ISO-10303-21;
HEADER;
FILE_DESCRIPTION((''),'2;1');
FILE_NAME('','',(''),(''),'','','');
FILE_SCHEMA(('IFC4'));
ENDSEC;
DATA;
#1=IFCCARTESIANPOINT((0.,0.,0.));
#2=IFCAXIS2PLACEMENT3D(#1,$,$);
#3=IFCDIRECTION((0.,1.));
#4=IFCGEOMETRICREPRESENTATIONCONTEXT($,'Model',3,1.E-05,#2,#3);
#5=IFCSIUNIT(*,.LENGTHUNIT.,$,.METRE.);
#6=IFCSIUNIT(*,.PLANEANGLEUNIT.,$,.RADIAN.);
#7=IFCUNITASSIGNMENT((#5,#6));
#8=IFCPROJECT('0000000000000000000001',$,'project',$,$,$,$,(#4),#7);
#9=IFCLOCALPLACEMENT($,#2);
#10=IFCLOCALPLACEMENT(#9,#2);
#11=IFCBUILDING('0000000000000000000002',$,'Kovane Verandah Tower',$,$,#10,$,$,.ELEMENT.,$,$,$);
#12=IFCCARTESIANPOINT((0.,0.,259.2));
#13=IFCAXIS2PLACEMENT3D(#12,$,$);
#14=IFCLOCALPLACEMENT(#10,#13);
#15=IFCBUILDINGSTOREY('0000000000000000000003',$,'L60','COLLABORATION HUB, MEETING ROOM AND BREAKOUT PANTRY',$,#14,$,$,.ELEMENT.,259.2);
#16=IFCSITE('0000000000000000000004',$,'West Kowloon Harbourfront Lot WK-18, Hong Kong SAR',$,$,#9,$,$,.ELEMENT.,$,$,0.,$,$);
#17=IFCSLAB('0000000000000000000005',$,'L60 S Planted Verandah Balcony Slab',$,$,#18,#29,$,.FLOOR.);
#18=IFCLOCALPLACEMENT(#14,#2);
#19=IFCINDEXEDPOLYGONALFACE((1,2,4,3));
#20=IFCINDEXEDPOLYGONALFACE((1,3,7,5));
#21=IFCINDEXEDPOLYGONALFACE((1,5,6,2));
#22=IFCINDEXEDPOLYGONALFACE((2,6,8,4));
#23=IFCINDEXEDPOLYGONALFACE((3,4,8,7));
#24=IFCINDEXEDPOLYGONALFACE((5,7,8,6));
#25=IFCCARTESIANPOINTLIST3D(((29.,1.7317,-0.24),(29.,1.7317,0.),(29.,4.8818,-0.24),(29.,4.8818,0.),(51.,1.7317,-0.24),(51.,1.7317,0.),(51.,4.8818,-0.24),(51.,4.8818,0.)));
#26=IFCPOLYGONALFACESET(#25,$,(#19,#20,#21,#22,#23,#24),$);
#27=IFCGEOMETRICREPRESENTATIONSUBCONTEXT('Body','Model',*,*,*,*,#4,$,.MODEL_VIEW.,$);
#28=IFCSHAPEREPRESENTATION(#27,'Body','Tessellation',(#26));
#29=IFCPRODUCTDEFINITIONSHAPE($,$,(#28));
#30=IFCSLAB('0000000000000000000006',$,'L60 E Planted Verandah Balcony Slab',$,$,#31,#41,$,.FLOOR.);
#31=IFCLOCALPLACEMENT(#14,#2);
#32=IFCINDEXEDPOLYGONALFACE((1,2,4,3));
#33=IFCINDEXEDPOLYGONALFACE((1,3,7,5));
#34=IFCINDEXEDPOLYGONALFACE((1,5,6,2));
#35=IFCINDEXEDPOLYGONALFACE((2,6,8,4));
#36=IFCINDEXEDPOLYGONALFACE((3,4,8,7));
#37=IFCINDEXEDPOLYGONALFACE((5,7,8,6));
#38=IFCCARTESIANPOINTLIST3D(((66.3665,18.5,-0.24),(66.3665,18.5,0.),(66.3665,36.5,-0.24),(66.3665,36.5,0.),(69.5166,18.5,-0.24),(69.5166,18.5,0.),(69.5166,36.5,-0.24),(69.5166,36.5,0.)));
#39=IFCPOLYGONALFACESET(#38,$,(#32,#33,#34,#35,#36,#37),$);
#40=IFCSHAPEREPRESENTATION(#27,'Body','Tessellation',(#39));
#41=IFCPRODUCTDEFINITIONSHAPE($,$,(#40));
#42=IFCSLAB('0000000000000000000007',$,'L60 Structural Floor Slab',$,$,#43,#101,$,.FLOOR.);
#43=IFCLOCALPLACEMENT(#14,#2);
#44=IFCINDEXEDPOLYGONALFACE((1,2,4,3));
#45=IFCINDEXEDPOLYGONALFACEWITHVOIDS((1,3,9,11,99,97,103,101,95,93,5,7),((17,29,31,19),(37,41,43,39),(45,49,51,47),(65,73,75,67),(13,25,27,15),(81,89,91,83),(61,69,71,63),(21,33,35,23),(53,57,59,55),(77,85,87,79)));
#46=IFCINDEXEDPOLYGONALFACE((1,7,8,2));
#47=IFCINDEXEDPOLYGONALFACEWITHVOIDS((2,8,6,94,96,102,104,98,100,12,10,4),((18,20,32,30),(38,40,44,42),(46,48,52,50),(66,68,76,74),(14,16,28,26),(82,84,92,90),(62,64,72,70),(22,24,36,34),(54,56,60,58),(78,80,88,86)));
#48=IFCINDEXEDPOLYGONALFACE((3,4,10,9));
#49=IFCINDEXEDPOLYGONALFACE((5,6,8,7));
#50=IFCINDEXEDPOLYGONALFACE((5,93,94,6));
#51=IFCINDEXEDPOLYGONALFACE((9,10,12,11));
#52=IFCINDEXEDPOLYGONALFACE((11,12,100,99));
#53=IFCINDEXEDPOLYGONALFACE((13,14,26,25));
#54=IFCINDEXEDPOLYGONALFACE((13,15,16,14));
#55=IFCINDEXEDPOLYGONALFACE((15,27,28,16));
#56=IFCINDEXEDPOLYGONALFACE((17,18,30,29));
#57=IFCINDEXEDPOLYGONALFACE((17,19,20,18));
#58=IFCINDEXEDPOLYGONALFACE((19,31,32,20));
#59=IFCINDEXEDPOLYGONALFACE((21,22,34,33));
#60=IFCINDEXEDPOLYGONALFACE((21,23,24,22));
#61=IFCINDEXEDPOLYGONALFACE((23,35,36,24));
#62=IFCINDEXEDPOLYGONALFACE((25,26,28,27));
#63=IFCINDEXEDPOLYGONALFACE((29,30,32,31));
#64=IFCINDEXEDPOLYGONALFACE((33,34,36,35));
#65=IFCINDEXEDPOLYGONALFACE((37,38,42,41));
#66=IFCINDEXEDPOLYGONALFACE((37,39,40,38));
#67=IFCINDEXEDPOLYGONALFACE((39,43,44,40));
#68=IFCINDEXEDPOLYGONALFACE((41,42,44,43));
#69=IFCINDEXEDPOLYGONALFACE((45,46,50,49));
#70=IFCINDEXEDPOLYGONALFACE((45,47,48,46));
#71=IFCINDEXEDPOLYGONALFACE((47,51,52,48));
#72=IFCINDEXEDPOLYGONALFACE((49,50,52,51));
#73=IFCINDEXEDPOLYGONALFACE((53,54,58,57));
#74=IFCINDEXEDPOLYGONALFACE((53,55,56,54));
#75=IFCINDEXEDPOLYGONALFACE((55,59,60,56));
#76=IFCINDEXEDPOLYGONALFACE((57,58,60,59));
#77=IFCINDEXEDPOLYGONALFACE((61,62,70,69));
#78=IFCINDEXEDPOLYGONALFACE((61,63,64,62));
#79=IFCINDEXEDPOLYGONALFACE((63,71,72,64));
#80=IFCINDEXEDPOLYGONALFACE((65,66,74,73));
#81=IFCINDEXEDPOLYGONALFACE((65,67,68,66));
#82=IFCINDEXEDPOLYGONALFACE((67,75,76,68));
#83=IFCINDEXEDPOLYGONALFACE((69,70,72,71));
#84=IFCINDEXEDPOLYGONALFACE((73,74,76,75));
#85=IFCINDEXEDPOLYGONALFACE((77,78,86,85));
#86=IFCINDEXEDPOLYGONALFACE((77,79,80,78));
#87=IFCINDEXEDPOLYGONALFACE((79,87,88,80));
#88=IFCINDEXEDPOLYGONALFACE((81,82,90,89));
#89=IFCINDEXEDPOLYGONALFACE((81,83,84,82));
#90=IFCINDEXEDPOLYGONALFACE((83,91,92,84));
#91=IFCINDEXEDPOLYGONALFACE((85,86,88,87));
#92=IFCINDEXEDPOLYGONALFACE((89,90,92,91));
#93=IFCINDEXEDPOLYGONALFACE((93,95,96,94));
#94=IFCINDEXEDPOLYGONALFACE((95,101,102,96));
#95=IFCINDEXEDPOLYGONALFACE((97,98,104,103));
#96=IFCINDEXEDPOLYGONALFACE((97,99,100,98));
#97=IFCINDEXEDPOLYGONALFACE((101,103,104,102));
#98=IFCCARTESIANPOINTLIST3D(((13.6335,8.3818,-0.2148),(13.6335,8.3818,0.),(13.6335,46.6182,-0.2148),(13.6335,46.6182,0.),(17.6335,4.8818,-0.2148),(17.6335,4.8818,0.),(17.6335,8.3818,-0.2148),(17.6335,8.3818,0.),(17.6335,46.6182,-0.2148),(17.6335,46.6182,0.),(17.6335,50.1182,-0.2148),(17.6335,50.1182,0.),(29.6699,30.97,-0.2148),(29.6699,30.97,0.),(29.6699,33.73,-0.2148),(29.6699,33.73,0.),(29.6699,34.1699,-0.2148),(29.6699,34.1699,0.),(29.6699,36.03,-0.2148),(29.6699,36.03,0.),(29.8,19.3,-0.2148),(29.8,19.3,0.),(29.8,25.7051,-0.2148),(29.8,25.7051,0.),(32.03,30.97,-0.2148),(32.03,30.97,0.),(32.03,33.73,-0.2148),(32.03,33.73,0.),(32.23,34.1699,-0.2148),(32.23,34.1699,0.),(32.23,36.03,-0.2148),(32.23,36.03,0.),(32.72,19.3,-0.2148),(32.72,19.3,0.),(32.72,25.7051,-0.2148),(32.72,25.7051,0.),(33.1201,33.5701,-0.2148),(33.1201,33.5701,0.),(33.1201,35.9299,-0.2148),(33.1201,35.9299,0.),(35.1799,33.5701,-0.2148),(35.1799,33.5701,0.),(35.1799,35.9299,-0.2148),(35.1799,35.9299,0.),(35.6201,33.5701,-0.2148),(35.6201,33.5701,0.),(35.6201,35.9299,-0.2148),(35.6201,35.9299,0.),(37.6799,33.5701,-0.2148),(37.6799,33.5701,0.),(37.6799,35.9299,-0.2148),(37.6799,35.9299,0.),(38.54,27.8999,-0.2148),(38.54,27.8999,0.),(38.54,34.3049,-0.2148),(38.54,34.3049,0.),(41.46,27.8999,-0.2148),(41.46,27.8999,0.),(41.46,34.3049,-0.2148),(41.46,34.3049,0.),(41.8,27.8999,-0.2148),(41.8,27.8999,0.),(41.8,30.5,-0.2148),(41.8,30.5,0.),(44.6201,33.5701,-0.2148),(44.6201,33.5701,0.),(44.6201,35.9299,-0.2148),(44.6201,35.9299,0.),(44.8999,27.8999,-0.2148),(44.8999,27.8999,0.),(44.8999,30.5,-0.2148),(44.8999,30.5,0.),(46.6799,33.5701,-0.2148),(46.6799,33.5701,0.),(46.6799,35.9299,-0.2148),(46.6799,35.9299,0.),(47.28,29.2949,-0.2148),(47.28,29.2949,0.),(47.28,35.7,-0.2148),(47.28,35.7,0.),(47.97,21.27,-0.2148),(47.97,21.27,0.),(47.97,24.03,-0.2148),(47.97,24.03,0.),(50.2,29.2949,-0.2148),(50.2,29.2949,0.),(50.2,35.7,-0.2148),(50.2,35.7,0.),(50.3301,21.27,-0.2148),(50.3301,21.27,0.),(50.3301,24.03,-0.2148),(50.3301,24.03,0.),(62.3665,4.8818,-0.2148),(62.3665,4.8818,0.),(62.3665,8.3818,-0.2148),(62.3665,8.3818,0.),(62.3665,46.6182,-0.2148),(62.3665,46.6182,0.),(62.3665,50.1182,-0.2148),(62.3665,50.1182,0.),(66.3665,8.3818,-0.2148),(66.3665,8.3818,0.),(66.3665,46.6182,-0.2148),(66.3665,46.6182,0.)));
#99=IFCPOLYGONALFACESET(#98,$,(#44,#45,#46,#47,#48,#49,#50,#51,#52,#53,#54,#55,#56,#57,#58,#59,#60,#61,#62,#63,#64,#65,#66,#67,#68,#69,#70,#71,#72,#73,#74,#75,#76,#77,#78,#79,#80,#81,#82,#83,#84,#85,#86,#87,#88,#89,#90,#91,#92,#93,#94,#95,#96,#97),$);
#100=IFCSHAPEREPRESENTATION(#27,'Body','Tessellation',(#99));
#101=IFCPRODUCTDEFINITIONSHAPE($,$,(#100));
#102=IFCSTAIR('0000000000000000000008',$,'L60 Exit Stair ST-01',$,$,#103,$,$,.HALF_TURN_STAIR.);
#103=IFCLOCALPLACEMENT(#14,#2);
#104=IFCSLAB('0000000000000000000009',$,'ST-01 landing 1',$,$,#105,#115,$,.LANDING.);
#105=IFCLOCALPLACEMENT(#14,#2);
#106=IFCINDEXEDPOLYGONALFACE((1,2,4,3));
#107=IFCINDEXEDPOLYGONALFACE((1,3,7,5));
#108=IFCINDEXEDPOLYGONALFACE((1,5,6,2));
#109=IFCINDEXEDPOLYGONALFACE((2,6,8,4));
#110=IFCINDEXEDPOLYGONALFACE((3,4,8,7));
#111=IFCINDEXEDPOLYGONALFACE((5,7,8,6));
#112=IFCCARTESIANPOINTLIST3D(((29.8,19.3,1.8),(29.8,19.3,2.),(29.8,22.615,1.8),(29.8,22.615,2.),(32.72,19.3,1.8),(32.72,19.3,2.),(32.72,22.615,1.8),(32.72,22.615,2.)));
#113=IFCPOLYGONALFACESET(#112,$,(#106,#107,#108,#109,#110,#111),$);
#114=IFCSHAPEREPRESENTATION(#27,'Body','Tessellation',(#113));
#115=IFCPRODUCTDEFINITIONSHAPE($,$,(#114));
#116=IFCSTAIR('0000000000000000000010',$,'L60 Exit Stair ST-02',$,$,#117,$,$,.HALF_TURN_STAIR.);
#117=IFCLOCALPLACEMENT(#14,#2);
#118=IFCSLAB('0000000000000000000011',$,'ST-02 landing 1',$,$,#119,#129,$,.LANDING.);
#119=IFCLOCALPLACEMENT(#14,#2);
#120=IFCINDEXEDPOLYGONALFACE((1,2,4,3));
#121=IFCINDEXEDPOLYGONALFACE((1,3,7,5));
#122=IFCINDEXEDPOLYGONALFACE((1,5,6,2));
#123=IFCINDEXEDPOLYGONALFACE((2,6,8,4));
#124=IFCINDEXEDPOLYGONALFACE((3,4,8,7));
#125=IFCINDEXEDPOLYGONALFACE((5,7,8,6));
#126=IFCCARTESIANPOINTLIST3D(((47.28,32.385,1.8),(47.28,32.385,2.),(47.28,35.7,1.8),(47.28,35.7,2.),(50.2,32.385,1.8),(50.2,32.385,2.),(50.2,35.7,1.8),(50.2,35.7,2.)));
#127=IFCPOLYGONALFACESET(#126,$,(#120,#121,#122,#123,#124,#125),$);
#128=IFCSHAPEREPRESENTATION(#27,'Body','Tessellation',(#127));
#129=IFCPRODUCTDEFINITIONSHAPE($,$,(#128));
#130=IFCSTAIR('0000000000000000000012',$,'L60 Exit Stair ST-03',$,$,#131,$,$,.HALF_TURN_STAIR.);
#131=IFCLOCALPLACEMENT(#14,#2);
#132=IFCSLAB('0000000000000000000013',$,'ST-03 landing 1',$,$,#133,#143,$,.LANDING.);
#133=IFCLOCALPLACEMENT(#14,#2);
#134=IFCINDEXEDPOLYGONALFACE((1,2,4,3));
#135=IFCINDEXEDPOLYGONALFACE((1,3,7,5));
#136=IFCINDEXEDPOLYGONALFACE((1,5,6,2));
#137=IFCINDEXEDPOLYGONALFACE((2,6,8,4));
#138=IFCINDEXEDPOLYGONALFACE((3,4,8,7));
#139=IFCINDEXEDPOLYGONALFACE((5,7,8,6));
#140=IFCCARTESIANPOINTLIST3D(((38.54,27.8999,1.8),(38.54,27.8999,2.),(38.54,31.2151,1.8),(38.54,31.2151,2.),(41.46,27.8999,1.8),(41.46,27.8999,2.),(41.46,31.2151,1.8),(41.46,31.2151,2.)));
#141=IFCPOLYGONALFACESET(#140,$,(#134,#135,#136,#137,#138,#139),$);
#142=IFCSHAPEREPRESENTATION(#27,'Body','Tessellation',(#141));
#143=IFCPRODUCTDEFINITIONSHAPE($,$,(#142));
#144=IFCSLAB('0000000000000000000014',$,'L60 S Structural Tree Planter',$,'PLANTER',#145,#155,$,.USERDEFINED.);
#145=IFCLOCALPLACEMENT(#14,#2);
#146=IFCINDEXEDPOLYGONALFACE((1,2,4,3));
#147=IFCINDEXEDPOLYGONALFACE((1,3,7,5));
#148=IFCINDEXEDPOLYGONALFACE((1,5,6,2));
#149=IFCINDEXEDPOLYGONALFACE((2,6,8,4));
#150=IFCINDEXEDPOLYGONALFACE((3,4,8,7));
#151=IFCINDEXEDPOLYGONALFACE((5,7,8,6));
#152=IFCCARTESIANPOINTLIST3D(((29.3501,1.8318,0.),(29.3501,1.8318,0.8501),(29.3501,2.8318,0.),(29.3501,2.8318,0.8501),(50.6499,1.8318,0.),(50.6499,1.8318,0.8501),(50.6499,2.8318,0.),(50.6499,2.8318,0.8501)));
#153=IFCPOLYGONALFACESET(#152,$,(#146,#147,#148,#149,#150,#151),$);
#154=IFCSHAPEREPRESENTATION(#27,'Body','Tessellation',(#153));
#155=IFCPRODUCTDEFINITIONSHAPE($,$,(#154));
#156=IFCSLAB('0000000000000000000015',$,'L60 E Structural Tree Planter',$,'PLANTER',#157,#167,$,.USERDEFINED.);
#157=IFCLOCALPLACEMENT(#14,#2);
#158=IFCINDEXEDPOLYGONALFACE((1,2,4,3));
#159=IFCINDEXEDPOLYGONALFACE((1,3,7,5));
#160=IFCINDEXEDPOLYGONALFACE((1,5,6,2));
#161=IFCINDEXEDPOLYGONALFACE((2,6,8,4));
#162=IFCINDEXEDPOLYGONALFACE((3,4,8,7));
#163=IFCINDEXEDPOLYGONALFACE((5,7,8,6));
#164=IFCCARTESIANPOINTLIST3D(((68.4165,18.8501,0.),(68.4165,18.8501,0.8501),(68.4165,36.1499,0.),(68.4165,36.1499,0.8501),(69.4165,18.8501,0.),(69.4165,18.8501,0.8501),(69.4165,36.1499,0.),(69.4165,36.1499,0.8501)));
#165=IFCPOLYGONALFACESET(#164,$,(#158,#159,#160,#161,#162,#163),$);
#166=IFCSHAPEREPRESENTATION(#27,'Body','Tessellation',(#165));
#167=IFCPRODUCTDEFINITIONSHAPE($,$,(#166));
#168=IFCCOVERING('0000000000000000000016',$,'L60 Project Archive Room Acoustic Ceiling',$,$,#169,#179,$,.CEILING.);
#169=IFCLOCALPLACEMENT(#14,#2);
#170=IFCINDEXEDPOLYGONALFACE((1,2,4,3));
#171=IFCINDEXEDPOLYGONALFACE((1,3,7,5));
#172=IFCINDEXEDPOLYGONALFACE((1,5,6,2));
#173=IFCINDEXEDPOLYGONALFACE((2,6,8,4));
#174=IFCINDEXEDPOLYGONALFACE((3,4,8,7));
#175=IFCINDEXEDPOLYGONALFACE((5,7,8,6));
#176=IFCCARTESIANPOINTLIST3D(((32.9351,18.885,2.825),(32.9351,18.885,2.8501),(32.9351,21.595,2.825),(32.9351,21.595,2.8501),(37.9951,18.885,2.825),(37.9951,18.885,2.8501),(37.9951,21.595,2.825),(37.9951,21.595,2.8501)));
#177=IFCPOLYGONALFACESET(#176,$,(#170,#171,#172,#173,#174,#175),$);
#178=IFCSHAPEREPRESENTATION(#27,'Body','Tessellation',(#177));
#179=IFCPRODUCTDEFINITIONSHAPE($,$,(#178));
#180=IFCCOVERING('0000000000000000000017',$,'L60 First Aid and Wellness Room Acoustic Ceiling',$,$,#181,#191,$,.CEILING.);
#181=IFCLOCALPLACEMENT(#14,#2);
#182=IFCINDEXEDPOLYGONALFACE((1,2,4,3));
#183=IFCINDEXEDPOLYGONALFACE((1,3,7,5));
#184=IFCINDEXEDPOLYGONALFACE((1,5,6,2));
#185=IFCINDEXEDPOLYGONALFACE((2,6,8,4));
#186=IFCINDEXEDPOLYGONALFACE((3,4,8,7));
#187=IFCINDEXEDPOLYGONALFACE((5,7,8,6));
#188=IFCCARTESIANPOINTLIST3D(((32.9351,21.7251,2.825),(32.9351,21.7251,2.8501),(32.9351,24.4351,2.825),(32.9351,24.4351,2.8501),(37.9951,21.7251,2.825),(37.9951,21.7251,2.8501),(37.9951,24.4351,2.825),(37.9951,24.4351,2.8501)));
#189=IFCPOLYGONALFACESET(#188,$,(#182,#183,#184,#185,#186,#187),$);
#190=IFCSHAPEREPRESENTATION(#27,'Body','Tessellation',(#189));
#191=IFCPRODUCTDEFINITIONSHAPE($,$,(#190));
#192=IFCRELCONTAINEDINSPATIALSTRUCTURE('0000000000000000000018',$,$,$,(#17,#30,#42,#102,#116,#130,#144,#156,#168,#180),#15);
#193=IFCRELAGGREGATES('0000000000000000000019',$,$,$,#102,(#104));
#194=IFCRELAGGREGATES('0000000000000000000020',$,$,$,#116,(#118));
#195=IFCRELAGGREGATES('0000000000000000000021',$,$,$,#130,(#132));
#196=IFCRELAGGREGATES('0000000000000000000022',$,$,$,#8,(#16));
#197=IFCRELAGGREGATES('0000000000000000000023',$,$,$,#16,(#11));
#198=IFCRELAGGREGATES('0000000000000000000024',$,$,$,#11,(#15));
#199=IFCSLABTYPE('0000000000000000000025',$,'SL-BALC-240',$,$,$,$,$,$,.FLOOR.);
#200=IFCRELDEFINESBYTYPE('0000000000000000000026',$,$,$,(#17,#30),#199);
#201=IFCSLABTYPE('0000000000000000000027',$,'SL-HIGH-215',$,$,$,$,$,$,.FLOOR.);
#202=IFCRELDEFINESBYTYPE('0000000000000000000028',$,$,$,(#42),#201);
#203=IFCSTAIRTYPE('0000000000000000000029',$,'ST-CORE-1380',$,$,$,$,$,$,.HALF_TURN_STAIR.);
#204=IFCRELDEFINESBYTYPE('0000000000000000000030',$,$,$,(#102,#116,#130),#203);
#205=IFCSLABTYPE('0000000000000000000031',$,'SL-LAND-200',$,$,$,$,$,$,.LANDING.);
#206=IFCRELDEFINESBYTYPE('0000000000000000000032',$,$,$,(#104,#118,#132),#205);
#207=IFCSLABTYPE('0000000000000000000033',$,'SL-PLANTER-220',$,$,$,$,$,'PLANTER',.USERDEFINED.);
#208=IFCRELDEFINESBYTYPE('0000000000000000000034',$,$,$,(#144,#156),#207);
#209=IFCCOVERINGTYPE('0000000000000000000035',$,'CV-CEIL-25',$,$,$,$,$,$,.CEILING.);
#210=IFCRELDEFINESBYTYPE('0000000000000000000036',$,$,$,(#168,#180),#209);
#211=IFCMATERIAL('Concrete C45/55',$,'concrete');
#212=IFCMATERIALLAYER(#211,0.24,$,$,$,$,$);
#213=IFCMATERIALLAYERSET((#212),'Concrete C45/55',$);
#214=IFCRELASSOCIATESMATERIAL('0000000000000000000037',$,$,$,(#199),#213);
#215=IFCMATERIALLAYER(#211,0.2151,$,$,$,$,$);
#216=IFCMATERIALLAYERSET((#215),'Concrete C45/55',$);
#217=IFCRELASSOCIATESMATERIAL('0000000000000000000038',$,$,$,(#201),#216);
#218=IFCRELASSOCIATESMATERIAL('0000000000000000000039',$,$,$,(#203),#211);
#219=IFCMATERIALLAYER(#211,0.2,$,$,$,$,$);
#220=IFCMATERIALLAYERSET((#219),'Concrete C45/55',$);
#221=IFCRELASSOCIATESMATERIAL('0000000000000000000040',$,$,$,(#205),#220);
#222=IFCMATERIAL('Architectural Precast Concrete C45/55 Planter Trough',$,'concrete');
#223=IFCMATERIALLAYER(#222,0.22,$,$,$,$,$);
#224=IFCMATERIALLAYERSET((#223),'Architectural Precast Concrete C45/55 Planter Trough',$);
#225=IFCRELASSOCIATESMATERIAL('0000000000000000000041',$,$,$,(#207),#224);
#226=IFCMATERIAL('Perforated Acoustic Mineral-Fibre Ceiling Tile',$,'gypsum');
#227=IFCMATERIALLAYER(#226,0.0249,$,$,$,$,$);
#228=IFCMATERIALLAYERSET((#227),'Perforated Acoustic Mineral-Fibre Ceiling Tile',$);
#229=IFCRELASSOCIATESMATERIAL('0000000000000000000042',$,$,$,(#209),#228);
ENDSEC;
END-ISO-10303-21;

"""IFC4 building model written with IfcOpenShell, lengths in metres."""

from ifc_helpers import new_model, si_unit, direction, frame, origin, place, context, subcontext, project, spatial, polyline, outline, extrude, material, layer, layer_set, type_object, element, aggregate, save


model = new_model("IFC4")

# Units and contexts
model_context = context("Model", 3, precision=1e-05, world=origin(), true_north=direction((0.0, 1.0)))
body_context = subcontext(model_context, "Body", "Model", "MODEL_VIEW")
ifc_project = project(units=[si_unit("LENGTHUNIT", "METRE"), si_unit("PLANEANGLEUNIT", "RADIAN")], contexts=[model_context])

# Site, building, storey
site_placement = place(None, origin())
site = spatial("IfcSite", under=ifc_project, at=site_placement, Name="West Kowloon Harbourfront Lot WK-18, Hong Kong SAR", CompositionType="ELEMENT", RefElevation=0.0)
building_placement = place(site_placement, origin())
building = spatial("IfcBuilding", under=site, at=building_placement, Name="Kovane Verandah Tower", CompositionType="ELEMENT")
storey_placement = place(building_placement, frame((0.0, 0.0, 259.2)))
storey = spatial("IfcBuildingStorey", under=building, at=storey_placement, Name="L60", Description="COLLABORATION HUB, MEETING ROOM AND BREAKOUT PANTRY", CompositionType="ELEMENT", Elevation=259.2)

# Slabs
ifc_material_1 = material(Name="Concrete C45/55", Category="concrete")
ifc_layer_1 = layer(ifc_material_1, 0.24)
ifc_layer_set_1 = layer_set([ifc_layer_1], Name="Concrete C45/55")
slab_type_1 = type_object("IfcSlabType", Name="SL-BALC-240", PredefinedType="FLOOR", material=ifc_layer_set_1)
slab_1_placement = place(storey_placement, frame((0.0, 0.0, -0.24)))
element("IfcSlab", 1, at=slab_1_placement, inside=storey, type_object=slab_type_1, Name="L60 S Planted Verandah Balcony Slab", PredefinedType="FLOOR", context=body_context, shape_type="SweptSolid", body=[
    extrude(outline(polyline([(29.0, 1.7317), (51.0, 1.7317), (51.0, 4.8818), (29.0, 4.8818), (29.0, 1.7317)])), origin(), (0.0, 0.0, 1.0), 0.24),
])
slab_2_placement = place(storey_placement, frame((0.0, 0.0, -0.24)))
element("IfcSlab", 2, at=slab_2_placement, inside=storey, type_object=slab_type_1, Name="L60 E Planted Verandah Balcony Slab", PredefinedType="FLOOR", context=body_context, shape_type="SweptSolid", body=[
    extrude(outline(polyline([(66.3665, 18.5), (69.5166, 18.5), (69.5166, 36.5), (66.3665, 36.5), (66.3665, 18.5)])), origin(), (0.0, 0.0, 1.0), 0.24),
])
ifc_layer_2 = layer(ifc_material_1, 0.2151)
ifc_layer_set_2 = layer_set([ifc_layer_2], Name="Concrete C45/55")
slab_type_2 = type_object("IfcSlabType", Name="SL-HIGH-215", PredefinedType="FLOOR", material=ifc_layer_set_2)
slab_3_placement = place(storey_placement, frame((0.0, 0.0, -0.2148)))
element("IfcSlab", 3, at=slab_3_placement, inside=storey, type_object=slab_type_2, Name="L60 Structural Floor Slab", PredefinedType="FLOOR", context=body_context, shape_type="SweptSolid", body=[
    extrude(outline(polyline([(17.6335, 4.8818), (62.3665, 4.8818), (62.3665, 8.3818), (66.3665, 8.3818), (66.3665, 46.6182), (62.3665, 46.6182), (62.3665, 50.1182), (17.6335, 50.1182), (17.6335, 46.6182), (13.6335, 46.6182), (13.6335, 8.3818), (17.6335, 8.3818), (17.6335, 4.8818)]), holes=[polyline([(29.8, 19.3), (32.72, 19.3), (32.72, 25.7051), (29.8, 25.7051), (29.8, 19.3)]), polyline([(47.28, 29.2949), (50.2, 29.2949), (50.2, 35.7), (47.28, 35.7), (47.28, 29.2949)]), polyline([(38.54, 27.8999), (41.46, 27.8999), (41.46, 34.3049), (38.54, 34.3049), (38.54, 27.8999)]), polyline([(29.6699, 30.97), (32.03, 30.97), (32.03, 33.73), (29.6699, 33.73), (29.6699, 30.97)]), polyline([(47.97, 21.27), (50.3301, 21.27), (50.3301, 24.03), (47.97, 24.03), (47.97, 21.27)]), polyline([(29.6699, 34.1699), (32.23, 34.1699), (32.23, 36.03), (29.6699, 36.03), (29.6699, 34.1699)]), polyline([(33.1201, 33.5701), (35.1799, 33.5701), (35.1799, 35.9299), (33.1201, 35.9299), (33.1201, 33.5701)]), polyline([(35.6201, 33.5701), (37.6799, 33.5701), (37.6799, 35.9299), (35.6201, 35.9299), (35.6201, 33.5701)]), polyline([(44.6201, 33.5701), (46.6799, 33.5701), (46.6799, 35.9299), (44.6201, 35.9299), (44.6201, 33.5701)]), polyline([(41.8, 27.8999), (44.8999, 27.8999), (44.8999, 30.5), (41.8, 30.5), (41.8, 27.8999)])]), origin(), (0.0, 0.0, 1.0), 0.2148),
])

# Stairs, slabs
stair_type = type_object("IfcStairType", Name="ST-CORE-1380", PredefinedType="HALF_TURN_STAIR", material=ifc_material_1)
stair_1_placement = place(storey_placement, origin())
stair_1 = element("IfcStair", 4, at=stair_1_placement, inside=storey, type_object=stair_type, Name="L60 Exit Stair ST-01", PredefinedType="HALF_TURN_STAIR")
ifc_layer_3 = layer(ifc_material_1, 0.2)
ifc_layer_set_3 = layer_set([ifc_layer_3], Name="Concrete C45/55")
slab_type_3 = type_object("IfcSlabType", Name="SL-LAND-200", PredefinedType="LANDING", material=ifc_layer_set_3)
slab_4_placement = place(storey_placement, frame((0.0, 0.0, 1.8)))
slab_4 = element("IfcSlab", 5, at=slab_4_placement, type_object=slab_type_3, Name="ST-01 landing 1", PredefinedType="LANDING", context=body_context, shape_type="SweptSolid", body=[
    extrude(outline(polyline([(29.8, 22.615), (29.8, 19.3), (32.72, 19.3), (32.72, 22.615), (29.8, 22.615)])), origin(), (0.0, 0.0, 1.0), 0.2),
])
aggregate(stair_1, [slab_4])
stair_2_placement = place(storey_placement, origin())
stair_2 = element("IfcStair", 6, at=stair_2_placement, inside=storey, type_object=stair_type, Name="L60 Exit Stair ST-02", PredefinedType="HALF_TURN_STAIR")
slab_5_placement = place(storey_placement, frame((0.0, 0.0, 1.8)))
slab_5 = element("IfcSlab", 7, at=slab_5_placement, type_object=slab_type_3, Name="ST-02 landing 1", PredefinedType="LANDING", context=body_context, shape_type="SweptSolid", body=[
    extrude(outline(polyline([(50.2, 32.385), (50.2, 35.7), (47.28, 35.7), (47.28, 32.385), (50.2, 32.385)])), origin(), (0.0, 0.0, 1.0), 0.2),
])
aggregate(stair_2, [slab_5])
stair_3_placement = place(storey_placement, origin())
stair_3 = element("IfcStair", 8, at=stair_3_placement, inside=storey, type_object=stair_type, Name="L60 Exit Stair ST-03", PredefinedType="HALF_TURN_STAIR")
slab_6_placement = place(storey_placement, frame((0.0, 0.0, 1.8)))
slab_6 = element("IfcSlab", 9, at=slab_6_placement, type_object=slab_type_3, Name="ST-03 landing 1", PredefinedType="LANDING", context=body_context, shape_type="SweptSolid", body=[
    extrude(outline(polyline([(38.54, 31.2151), (38.54, 27.8999), (41.46, 27.8999), (41.46, 31.2151), (38.54, 31.2151)])), origin(), (0.0, 0.0, 1.0), 0.2),
])
aggregate(stair_3, [slab_6])

# Slabs
ifc_material_2 = material(Name="Architectural Precast Concrete C45/55 Planter Trough", Category="concrete")
ifc_layer_4 = layer(ifc_material_2, 0.22)
ifc_layer_set_4 = layer_set([ifc_layer_4], Name="Architectural Precast Concrete C45/55 Planter Trough")
slab_type_4 = type_object("IfcSlabType", Name="SL-PLANTER-220", ElementType="PLANTER", PredefinedType="USERDEFINED", material=ifc_layer_set_4)
slab_7_placement = place(storey_placement, origin())
element("IfcSlab", 10, at=slab_7_placement, inside=storey, type_object=slab_type_4, Name="L60 S Structural Tree Planter", ObjectType="PLANTER", PredefinedType="USERDEFINED", context=body_context, shape_type="SweptSolid", body=[
    extrude(outline(polyline([(29.3501, 1.8318), (50.6499, 1.8318), (50.6499, 2.8318), (29.3501, 2.8318), (29.3501, 1.8318)])), origin(), (0.0, 0.0, 1.0), 0.8501),
])
slab_8_placement = place(storey_placement, origin())
element("IfcSlab", 11, at=slab_8_placement, inside=storey, type_object=slab_type_4, Name="L60 E Structural Tree Planter", ObjectType="PLANTER", PredefinedType="USERDEFINED", context=body_context, shape_type="SweptSolid", body=[
    extrude(outline(polyline([(68.4165, 18.8501), (69.4165, 18.8501), (69.4165, 36.1499), (68.4165, 36.1499), (68.4165, 18.8501)])), origin(), (0.0, 0.0, 1.0), 0.8501),
])

# Coverings
ifc_material_3 = material(Name="Perforated Acoustic Mineral-Fibre Ceiling Tile", Category="gypsum")
ifc_layer_5 = layer(ifc_material_3, 0.0249)
ifc_layer_set_5 = layer_set([ifc_layer_5], Name="Perforated Acoustic Mineral-Fibre Ceiling Tile")
covering_type_1 = type_object("IfcCoveringType", Name="CV-CEIL-25", PredefinedType="CEILING", material=ifc_layer_set_5)
covering_1_placement = place(storey_placement, frame((0.0, 0.0, 2.825)))
element("IfcCovering", 12, at=covering_1_placement, inside=storey, type_object=covering_type_1, Name="L60 Project Archive Room Acoustic Ceiling", PredefinedType="CEILING", context=body_context, shape_type="SweptSolid", body=[
    extrude(outline(polyline([(32.9351, 18.885), (37.9951, 18.885), (37.9951, 21.595), (32.9351, 21.595), (32.9351, 18.885)])), origin(), (0.0, 0.0, 1.0), 0.0251),
])
covering_2_placement = place(storey_placement, frame((0.0, 0.0, 2.825)))
element("IfcCovering", 13, at=covering_2_placement, inside=storey, type_object=covering_type_1, Name="L60 First Aid and Wellness Room Acoustic Ceiling", PredefinedType="CEILING", context=body_context, shape_type="SweptSolid", body=[
    extrude(outline(polyline([(32.9351, 21.7251), (37.9951, 21.7251), (37.9951, 24.4351), (32.9351, 24.4351), (32.9351, 21.7251)])), origin(), (0.0, 0.0, 1.0), 0.0251),
])

save(model, "model.ifc")
